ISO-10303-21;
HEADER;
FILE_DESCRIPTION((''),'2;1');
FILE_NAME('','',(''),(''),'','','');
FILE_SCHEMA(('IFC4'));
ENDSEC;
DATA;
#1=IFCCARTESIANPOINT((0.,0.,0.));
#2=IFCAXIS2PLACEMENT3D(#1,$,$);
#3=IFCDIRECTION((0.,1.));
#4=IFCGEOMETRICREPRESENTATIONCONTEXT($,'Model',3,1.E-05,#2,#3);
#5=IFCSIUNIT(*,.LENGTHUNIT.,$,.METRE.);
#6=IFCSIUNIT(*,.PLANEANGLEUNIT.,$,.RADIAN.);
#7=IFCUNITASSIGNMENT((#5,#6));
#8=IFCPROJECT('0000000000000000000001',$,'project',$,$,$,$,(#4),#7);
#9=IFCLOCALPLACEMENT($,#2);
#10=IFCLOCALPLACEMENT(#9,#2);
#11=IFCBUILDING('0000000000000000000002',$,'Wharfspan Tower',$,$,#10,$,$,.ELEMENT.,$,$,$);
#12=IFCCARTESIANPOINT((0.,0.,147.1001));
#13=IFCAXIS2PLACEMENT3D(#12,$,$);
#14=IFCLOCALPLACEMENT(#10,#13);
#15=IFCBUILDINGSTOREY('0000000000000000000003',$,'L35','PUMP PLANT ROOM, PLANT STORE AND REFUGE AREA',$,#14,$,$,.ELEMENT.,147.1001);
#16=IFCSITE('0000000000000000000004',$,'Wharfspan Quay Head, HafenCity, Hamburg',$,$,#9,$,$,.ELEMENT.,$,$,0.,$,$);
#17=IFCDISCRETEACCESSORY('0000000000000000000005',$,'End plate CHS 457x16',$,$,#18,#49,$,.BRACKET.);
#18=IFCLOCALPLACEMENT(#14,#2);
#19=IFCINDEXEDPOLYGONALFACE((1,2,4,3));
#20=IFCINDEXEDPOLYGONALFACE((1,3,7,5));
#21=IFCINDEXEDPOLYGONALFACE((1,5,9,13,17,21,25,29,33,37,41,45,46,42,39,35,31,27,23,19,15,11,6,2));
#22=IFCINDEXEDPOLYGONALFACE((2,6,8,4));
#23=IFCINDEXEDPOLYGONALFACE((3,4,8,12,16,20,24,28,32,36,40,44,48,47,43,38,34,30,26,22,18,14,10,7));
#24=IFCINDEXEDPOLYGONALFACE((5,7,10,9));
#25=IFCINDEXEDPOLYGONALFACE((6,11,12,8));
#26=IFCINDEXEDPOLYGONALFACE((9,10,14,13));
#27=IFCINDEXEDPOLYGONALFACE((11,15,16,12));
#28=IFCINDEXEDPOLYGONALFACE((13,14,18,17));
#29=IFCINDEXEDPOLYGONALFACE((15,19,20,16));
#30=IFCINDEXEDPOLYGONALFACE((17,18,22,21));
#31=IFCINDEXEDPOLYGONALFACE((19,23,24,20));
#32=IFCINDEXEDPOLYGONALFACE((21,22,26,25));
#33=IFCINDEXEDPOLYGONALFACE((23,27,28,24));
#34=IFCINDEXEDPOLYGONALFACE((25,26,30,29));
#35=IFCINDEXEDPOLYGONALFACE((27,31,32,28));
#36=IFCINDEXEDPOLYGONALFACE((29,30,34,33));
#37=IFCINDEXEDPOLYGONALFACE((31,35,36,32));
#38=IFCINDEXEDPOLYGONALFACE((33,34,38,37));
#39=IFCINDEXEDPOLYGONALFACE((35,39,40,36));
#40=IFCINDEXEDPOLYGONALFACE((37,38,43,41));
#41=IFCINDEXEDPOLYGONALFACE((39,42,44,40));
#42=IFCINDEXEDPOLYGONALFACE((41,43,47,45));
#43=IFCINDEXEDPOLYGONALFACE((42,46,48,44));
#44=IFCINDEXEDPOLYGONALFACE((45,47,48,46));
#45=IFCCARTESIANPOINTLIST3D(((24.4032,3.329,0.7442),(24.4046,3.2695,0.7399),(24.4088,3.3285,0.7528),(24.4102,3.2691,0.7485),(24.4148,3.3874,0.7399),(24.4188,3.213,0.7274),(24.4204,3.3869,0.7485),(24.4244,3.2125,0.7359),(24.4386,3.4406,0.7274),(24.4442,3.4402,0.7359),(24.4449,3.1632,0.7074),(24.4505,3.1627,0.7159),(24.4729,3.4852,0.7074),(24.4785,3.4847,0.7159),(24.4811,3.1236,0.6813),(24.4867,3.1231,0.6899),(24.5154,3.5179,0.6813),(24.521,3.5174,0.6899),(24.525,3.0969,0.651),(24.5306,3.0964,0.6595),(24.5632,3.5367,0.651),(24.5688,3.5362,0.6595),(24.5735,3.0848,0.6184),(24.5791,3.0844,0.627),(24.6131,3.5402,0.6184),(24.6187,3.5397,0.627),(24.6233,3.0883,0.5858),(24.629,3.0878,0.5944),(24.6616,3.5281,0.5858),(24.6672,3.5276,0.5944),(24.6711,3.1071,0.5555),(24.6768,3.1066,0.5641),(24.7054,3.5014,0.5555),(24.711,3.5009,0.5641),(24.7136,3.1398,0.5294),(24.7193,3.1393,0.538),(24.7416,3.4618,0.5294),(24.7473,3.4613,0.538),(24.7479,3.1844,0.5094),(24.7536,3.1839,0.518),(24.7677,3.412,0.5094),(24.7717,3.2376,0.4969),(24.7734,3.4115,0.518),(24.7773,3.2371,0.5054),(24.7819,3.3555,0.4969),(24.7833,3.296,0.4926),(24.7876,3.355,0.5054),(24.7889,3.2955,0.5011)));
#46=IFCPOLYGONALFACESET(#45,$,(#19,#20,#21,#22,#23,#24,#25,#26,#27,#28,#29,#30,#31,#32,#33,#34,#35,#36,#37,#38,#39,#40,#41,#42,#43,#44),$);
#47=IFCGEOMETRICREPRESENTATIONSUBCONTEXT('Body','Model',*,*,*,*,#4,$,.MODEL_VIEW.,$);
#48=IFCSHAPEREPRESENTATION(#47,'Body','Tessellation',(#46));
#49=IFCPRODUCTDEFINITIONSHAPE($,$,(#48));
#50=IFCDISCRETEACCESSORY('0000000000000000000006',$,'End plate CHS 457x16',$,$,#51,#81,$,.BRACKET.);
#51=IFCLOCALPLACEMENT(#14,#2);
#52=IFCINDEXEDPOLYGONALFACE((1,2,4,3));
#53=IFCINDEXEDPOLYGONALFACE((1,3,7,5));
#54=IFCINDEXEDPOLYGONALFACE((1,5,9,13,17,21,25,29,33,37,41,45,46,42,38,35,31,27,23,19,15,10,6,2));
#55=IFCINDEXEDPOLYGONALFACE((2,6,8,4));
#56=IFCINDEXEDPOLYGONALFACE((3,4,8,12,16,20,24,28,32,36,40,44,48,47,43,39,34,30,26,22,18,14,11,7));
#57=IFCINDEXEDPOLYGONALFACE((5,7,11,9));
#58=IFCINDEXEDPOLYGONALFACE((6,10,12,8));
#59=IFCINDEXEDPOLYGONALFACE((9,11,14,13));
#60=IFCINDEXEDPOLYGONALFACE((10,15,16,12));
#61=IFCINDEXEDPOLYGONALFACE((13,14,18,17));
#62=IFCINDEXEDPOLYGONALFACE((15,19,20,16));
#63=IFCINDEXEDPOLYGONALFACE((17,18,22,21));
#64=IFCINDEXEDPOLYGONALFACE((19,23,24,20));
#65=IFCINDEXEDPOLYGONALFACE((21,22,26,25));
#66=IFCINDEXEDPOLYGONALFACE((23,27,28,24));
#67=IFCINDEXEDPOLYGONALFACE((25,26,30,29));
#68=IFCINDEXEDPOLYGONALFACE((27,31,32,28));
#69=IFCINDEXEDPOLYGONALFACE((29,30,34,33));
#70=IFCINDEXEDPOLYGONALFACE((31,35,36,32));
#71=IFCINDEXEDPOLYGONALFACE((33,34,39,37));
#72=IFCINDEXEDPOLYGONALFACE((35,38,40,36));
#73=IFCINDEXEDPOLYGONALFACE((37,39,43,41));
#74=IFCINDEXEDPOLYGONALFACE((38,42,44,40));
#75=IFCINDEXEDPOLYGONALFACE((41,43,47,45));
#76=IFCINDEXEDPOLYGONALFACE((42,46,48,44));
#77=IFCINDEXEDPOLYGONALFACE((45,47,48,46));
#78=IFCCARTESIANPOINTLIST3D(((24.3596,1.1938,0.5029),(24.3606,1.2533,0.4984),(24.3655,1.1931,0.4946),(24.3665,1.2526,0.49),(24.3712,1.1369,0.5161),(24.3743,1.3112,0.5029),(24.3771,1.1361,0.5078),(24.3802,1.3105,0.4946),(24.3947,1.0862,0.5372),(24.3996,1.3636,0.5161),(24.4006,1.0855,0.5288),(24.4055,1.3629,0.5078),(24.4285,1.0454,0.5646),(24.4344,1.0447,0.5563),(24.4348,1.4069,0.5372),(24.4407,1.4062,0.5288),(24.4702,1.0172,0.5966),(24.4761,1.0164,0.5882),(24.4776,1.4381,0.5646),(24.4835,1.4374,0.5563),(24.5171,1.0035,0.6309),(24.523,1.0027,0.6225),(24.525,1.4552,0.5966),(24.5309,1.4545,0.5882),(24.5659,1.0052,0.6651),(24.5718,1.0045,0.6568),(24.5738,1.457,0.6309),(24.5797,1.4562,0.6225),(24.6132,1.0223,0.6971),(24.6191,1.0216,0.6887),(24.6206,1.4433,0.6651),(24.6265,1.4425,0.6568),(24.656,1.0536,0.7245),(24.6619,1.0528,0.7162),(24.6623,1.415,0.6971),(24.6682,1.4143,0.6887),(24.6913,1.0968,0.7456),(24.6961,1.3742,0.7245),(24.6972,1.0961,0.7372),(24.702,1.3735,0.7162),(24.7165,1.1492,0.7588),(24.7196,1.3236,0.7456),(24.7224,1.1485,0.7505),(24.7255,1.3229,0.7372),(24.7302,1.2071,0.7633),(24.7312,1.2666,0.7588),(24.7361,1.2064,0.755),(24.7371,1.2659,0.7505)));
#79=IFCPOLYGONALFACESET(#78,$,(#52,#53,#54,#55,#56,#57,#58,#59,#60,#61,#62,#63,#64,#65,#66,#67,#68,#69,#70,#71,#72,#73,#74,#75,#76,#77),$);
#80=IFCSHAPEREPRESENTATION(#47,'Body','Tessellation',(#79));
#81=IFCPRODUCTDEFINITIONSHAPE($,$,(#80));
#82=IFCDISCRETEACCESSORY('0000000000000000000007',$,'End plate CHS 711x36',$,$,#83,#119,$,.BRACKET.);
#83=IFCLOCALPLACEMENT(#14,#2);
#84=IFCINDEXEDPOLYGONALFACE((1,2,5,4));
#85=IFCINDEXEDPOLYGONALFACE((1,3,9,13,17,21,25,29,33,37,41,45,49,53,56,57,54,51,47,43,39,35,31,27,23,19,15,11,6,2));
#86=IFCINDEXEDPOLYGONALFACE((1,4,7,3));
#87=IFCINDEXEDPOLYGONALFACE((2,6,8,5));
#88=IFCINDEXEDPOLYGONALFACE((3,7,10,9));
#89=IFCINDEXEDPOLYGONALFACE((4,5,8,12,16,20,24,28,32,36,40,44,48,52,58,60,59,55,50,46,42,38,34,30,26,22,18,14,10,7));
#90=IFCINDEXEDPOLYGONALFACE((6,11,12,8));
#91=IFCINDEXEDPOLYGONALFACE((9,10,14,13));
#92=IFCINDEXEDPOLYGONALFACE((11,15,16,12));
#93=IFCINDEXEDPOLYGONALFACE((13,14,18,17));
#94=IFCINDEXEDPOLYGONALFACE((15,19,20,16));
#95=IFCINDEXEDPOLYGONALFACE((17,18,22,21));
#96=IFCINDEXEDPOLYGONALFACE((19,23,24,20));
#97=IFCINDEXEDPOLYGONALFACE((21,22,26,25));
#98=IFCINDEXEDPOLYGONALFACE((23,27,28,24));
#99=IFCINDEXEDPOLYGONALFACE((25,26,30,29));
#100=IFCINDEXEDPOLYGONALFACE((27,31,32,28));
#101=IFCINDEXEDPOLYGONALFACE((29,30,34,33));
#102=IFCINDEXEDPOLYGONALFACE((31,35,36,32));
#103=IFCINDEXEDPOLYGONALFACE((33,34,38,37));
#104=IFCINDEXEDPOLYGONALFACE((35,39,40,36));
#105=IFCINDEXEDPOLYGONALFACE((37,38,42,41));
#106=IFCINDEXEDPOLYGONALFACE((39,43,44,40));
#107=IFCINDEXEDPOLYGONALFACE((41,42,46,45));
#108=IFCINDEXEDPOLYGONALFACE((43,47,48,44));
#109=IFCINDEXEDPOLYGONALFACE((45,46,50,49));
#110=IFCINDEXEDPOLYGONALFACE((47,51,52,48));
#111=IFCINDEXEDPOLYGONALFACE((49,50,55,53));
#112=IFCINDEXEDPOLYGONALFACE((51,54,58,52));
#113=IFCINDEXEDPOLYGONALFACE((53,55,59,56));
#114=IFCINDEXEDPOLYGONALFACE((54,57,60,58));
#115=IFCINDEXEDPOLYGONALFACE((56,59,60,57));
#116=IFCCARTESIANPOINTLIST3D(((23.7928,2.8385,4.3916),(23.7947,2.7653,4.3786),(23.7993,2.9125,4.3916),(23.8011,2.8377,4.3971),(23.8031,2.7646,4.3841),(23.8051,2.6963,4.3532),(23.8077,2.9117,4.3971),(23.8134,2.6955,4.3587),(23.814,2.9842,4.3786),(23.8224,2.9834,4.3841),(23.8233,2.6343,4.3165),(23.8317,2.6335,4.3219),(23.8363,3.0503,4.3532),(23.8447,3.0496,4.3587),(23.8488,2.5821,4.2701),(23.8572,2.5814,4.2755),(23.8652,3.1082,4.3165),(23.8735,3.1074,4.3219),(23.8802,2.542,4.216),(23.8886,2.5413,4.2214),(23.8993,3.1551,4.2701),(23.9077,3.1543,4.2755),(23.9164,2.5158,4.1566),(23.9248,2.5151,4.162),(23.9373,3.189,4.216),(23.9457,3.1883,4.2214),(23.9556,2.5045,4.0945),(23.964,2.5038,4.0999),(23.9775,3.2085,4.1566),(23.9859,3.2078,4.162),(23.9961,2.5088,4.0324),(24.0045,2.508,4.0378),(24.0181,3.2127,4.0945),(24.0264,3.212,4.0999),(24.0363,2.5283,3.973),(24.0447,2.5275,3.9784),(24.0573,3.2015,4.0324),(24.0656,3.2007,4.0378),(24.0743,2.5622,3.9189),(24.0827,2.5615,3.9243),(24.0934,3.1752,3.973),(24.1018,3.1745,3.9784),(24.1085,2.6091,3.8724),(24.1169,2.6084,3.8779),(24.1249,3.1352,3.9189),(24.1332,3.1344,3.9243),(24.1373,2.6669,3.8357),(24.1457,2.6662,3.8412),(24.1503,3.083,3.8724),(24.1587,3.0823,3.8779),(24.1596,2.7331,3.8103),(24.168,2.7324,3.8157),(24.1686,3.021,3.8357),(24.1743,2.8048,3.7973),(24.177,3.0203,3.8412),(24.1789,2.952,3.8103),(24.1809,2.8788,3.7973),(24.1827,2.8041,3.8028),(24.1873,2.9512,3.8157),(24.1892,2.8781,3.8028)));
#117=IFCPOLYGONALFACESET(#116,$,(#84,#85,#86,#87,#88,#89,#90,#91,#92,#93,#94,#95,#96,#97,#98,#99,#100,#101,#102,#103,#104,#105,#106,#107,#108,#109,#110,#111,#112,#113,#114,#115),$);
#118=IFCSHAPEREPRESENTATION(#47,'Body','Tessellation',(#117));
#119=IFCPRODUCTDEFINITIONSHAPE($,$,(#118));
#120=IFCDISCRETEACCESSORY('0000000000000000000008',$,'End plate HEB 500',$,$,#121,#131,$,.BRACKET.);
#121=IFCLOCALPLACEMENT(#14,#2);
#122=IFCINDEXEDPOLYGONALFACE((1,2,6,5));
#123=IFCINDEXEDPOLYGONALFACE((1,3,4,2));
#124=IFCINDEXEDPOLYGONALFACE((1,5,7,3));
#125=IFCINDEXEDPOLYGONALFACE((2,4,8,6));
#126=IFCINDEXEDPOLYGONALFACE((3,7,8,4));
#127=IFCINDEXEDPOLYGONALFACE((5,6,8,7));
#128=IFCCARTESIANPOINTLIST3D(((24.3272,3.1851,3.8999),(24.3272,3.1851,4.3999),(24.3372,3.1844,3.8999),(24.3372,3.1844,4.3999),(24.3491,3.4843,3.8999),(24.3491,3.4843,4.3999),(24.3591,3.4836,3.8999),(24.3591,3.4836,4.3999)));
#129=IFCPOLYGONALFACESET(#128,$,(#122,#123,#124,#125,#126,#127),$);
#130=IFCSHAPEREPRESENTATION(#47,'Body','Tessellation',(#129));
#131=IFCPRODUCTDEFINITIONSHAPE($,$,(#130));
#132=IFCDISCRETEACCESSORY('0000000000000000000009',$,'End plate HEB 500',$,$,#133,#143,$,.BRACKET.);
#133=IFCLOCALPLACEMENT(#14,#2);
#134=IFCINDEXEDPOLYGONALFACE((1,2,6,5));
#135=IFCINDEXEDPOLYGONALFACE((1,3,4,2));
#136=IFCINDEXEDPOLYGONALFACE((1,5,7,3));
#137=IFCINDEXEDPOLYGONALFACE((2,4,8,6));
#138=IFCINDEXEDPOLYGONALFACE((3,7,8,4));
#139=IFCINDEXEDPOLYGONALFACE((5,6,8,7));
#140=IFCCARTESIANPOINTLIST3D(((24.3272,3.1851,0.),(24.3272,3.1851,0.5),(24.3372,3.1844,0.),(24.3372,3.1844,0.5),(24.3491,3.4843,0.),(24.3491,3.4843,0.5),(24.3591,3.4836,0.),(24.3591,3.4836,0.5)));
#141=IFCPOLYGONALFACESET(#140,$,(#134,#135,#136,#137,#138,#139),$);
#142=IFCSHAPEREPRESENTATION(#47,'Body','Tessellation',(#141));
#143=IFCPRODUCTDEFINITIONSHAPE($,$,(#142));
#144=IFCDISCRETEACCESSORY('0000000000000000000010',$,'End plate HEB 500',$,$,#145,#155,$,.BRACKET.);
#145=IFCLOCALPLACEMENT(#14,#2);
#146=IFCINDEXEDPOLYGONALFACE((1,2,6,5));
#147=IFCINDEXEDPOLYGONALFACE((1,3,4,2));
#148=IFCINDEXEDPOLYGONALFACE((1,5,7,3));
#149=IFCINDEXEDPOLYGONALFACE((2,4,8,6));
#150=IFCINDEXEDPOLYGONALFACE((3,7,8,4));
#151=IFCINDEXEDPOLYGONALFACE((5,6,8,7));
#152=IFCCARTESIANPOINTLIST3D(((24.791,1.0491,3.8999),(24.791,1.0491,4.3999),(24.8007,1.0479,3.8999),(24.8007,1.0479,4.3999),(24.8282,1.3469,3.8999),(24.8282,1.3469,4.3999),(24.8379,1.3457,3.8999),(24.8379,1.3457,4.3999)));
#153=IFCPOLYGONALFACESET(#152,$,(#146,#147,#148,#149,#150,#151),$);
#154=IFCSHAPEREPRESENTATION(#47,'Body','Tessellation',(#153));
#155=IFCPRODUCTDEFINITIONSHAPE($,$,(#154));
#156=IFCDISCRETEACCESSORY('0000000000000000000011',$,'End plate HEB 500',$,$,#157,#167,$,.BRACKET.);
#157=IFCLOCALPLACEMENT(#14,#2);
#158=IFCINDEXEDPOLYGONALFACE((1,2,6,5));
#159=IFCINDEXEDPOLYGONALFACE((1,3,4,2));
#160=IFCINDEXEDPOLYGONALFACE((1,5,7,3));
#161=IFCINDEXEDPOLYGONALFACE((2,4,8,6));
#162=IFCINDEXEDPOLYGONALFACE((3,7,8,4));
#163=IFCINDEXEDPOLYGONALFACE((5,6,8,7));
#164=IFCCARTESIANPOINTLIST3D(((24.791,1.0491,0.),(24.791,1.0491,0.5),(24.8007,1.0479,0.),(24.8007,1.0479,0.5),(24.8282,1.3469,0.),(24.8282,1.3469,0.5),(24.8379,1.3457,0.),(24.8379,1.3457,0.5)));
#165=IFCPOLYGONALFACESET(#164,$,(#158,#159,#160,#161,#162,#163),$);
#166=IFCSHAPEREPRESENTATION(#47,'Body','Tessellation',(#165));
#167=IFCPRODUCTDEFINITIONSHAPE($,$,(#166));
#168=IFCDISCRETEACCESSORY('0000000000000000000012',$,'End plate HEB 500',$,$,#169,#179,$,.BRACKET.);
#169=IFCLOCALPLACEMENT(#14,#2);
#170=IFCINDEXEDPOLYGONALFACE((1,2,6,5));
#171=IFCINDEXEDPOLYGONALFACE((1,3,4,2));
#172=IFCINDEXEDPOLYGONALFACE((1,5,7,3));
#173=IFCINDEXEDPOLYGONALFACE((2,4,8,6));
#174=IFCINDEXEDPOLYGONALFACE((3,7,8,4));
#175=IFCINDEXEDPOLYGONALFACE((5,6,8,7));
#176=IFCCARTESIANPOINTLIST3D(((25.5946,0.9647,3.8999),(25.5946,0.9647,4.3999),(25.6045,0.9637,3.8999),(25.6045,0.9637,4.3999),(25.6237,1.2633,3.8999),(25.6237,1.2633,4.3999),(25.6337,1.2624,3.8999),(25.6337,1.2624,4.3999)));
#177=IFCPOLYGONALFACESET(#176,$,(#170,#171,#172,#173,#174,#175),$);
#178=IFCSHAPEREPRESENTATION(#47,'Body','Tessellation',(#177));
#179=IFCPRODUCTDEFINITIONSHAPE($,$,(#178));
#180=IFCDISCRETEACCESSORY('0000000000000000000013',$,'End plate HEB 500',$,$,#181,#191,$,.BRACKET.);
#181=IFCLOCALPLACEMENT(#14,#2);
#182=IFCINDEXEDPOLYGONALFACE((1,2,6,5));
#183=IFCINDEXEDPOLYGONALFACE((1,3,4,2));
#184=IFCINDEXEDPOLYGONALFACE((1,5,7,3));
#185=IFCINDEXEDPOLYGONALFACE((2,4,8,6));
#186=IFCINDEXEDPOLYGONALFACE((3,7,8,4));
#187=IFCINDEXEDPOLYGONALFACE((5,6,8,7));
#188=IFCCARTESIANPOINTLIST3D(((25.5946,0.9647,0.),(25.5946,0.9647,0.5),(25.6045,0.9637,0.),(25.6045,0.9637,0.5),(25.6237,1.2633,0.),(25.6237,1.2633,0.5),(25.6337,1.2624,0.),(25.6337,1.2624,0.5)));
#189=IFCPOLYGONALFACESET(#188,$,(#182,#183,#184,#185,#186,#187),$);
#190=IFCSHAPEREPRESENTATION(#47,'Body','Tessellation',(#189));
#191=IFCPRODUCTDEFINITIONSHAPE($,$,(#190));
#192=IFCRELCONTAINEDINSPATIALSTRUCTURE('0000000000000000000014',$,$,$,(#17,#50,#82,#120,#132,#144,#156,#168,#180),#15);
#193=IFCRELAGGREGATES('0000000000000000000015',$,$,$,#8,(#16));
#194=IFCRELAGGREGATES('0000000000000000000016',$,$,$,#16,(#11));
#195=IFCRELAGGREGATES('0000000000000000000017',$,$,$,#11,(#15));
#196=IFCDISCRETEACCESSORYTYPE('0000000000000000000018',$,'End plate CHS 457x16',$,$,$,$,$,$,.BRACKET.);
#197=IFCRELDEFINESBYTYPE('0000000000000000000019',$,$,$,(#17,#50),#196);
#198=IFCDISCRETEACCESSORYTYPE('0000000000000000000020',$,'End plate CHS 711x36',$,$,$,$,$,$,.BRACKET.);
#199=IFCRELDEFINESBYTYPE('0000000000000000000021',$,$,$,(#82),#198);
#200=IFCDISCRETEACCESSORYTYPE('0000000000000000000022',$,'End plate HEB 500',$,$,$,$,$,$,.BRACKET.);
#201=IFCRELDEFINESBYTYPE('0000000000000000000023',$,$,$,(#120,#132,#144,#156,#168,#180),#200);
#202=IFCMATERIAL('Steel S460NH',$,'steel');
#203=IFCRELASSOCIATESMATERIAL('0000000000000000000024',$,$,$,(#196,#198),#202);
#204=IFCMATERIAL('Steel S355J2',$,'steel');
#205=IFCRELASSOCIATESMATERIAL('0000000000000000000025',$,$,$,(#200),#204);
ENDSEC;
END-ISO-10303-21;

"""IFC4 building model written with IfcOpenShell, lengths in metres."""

from ifc_helpers import new_model, si_unit, direction, frame, origin, origin_2d, place, context, subcontext, project, spatial, rectangle, circle, extrude, material, material_profile, profile_set, type_object, element, save


model = new_model("IFC4")

# Units and contexts
model_context = context("Model", 3, precision=1e-05, world=origin(), true_north=direction((0.0, 1.0)))
body_context = subcontext(model_context, "Body", "Model", "MODEL_VIEW")
ifc_project = project(units=[si_unit("LENGTHUNIT", "METRE"), si_unit("PLANEANGLEUNIT", "RADIAN")], contexts=[model_context])

# Site, building, storey
site_placement = place(None, origin())
site = spatial("IfcSite", under=ifc_project, at=site_placement, Name="Wharfspan Quay Head, HafenCity, Hamburg", CompositionType="ELEMENT", RefElevation=0.0)
building_placement = place(site_placement, origin())
building = spatial("IfcBuilding", under=site, at=building_placement, Name="Wharfspan Tower", CompositionType="ELEMENT")
storey_placement = place(building_placement, frame((0.0, 0.0, 147.1001)))
storey = spatial("IfcBuildingStorey", under=building, at=storey_placement, Name="L35", Description="PUMP PLANT ROOM, PLANT STORE AND REFUGE AREA", CompositionType="ELEMENT", Elevation=147.1001)

# Shared definitions
ifc_material_1 = material(Name="Steel S355J2", Category="steel")

# Shared definitions
ifc_material_2 = material(Name="Steel S460NH", Category="steel")

# Discrete accessories
ifc_material_profile_1 = material_profile(ifc_material_2, circle(Radius=0.2285, at=origin_2d()))
ifc_profile_set_1 = profile_set([ifc_material_profile_1], Name="Steel S460NH")
discrete_accessory_type_1 = type_object("IfcDiscreteAccessoryType", Name="End plate CHS 457x16", PredefinedType="BRACKET", material=ifc_profile_set_1)
for number, where, z_axis, x_axis, name in (
    (1, (24.5933, 3.3125, 0.6184), (0.548553, -0.0477, 0.834754), (0.086629, 0.996239, 0.0), "End plate CHS 457x16"),
    (2, (24.5454, 1.2302, 0.6309), (0.575191, -0.071899, -0.814853), (0.124036, 0.992275, 0.000001), "End plate CHS 457x16"),
):
    element("IfcDiscreteAccessory", number, at=place(storey_placement, frame(where, z_axis=z_axis, x_axis=x_axis)), inside=storey, type_object=discrete_accessory_type_1, Name=name, PredefinedType="BRACKET", context=body_context, shape_type="SweptSolid", body=[
        extrude(circle(Radius=0.2285, at=origin_2d()), origin(), (0.0, 0.0, 1.0), 0.0103),
    ])
ifc_material_profile_2 = material_profile(ifc_material_2, circle(Radius=0.3555, at=origin_2d()))
ifc_profile_set_2 = profile_set([ifc_material_profile_2], Name="Steel S460NH")
discrete_accessory_type_2 = type_object("IfcDiscreteAccessoryType", Name="End plate CHS 711x36", PredefinedType="BRACKET", material=ifc_profile_set_2)
discrete_accessory_placement = place(storey_placement, frame((23.9868, 2.8586, 4.0945), z_axis=(0.837276, -0.073877, 0.541767), x_axis=(0.087893, 0.996132, 0.000001)))
element("IfcDiscreteAccessory", 3, at=discrete_accessory_placement, inside=storey, type_object=discrete_accessory_type_2, Name="End plate CHS 711x36", PredefinedType="BRACKET", context=body_context, shape_type="SweptSolid", body=[
    extrude(circle(Radius=0.3555, at=origin_2d()), origin(), (0.0, 0.0, 1.0), 0.01),
])
ifc_material_profile_3 = material_profile(ifc_material_1, rectangle(XDim=0.3, YDim=0.5, at=origin_2d()))
ifc_profile_set_3 = profile_set([ifc_material_profile_3], Name="Steel S355J2")
discrete_accessory_type_3 = type_object("IfcDiscreteAccessoryType", Name="End plate HEB 500", PredefinedType="BRACKET", material=ifc_profile_set_3)
for number, where, z_axis, x_axis, name in (
    (4, (24.3381, 3.3347, 4.1499), (0.997334, -0.072976, 0.0), (0.072976, 0.997334, 0.0), "End plate HEB 500"),
    (5, (24.3381, 3.3347, 0.25), (0.997334, -0.072976, 0.0), (0.072976, 0.997334, 0.0), "End plate HEB 500"),
):
    element("IfcDiscreteAccessory", number, at=place(storey_placement, frame(where, z_axis=z_axis, x_axis=x_axis)), inside=storey, type_object=discrete_accessory_type_3, Name=name, PredefinedType="BRACKET", context=body_context, shape_type="SweptSolid", body=[
        extrude(rectangle(XDim=0.3, YDim=0.5, at=origin_2d()), origin(), (0.0, 0.0, 1.0), 0.01),
    ])
for number, where, z_axis, x_axis, name in (
    (6, (24.8096, 1.198, 4.1499), (0.992278, -0.124035, 0.0), (0.124035, 0.992278, 0.0), "End plate HEB 500"),
    (7, (24.8096, 1.198, 0.25), (0.992278, -0.124035, 0.0), (0.124035, 0.992278, 0.0), "End plate HEB 500"),
):
    element("IfcDiscreteAccessory", number, at=place(storey_placement, frame(where, z_axis=z_axis, x_axis=x_axis)), inside=storey, type_object=discrete_accessory_type_3, Name=name, PredefinedType="BRACKET", context=body_context, shape_type="SweptSolid", body=[
        extrude(rectangle(XDim=0.3, YDim=0.5, at=origin_2d()), origin(), (0.0, 0.0, 1.0), 0.0098),
    ])
for number, where, z_axis, x_axis, name in (
    (8, (25.6091, 1.114, 4.1499), (0.995275, -0.0971, 0.0), (0.0971, 0.995275, 0.0), "End plate HEB 500"),
    (9, (25.6091, 1.114, 0.25), (0.995275, -0.0971, 0.0), (0.0971, 0.995275, 0.0), "End plate HEB 500"),
):
    element("IfcDiscreteAccessory", number, at=place(storey_placement, frame(where, z_axis=z_axis, x_axis=x_axis)), inside=storey, type_object=discrete_accessory_type_3, Name=name, PredefinedType="BRACKET", context=body_context, shape_type="SweptSolid", body=[
        extrude(rectangle(XDim=0.3, YDim=0.5, at=origin_2d()), origin(), (0.0, 0.0, 1.0), 0.01),
    ])

save(model, "model.ifc")
